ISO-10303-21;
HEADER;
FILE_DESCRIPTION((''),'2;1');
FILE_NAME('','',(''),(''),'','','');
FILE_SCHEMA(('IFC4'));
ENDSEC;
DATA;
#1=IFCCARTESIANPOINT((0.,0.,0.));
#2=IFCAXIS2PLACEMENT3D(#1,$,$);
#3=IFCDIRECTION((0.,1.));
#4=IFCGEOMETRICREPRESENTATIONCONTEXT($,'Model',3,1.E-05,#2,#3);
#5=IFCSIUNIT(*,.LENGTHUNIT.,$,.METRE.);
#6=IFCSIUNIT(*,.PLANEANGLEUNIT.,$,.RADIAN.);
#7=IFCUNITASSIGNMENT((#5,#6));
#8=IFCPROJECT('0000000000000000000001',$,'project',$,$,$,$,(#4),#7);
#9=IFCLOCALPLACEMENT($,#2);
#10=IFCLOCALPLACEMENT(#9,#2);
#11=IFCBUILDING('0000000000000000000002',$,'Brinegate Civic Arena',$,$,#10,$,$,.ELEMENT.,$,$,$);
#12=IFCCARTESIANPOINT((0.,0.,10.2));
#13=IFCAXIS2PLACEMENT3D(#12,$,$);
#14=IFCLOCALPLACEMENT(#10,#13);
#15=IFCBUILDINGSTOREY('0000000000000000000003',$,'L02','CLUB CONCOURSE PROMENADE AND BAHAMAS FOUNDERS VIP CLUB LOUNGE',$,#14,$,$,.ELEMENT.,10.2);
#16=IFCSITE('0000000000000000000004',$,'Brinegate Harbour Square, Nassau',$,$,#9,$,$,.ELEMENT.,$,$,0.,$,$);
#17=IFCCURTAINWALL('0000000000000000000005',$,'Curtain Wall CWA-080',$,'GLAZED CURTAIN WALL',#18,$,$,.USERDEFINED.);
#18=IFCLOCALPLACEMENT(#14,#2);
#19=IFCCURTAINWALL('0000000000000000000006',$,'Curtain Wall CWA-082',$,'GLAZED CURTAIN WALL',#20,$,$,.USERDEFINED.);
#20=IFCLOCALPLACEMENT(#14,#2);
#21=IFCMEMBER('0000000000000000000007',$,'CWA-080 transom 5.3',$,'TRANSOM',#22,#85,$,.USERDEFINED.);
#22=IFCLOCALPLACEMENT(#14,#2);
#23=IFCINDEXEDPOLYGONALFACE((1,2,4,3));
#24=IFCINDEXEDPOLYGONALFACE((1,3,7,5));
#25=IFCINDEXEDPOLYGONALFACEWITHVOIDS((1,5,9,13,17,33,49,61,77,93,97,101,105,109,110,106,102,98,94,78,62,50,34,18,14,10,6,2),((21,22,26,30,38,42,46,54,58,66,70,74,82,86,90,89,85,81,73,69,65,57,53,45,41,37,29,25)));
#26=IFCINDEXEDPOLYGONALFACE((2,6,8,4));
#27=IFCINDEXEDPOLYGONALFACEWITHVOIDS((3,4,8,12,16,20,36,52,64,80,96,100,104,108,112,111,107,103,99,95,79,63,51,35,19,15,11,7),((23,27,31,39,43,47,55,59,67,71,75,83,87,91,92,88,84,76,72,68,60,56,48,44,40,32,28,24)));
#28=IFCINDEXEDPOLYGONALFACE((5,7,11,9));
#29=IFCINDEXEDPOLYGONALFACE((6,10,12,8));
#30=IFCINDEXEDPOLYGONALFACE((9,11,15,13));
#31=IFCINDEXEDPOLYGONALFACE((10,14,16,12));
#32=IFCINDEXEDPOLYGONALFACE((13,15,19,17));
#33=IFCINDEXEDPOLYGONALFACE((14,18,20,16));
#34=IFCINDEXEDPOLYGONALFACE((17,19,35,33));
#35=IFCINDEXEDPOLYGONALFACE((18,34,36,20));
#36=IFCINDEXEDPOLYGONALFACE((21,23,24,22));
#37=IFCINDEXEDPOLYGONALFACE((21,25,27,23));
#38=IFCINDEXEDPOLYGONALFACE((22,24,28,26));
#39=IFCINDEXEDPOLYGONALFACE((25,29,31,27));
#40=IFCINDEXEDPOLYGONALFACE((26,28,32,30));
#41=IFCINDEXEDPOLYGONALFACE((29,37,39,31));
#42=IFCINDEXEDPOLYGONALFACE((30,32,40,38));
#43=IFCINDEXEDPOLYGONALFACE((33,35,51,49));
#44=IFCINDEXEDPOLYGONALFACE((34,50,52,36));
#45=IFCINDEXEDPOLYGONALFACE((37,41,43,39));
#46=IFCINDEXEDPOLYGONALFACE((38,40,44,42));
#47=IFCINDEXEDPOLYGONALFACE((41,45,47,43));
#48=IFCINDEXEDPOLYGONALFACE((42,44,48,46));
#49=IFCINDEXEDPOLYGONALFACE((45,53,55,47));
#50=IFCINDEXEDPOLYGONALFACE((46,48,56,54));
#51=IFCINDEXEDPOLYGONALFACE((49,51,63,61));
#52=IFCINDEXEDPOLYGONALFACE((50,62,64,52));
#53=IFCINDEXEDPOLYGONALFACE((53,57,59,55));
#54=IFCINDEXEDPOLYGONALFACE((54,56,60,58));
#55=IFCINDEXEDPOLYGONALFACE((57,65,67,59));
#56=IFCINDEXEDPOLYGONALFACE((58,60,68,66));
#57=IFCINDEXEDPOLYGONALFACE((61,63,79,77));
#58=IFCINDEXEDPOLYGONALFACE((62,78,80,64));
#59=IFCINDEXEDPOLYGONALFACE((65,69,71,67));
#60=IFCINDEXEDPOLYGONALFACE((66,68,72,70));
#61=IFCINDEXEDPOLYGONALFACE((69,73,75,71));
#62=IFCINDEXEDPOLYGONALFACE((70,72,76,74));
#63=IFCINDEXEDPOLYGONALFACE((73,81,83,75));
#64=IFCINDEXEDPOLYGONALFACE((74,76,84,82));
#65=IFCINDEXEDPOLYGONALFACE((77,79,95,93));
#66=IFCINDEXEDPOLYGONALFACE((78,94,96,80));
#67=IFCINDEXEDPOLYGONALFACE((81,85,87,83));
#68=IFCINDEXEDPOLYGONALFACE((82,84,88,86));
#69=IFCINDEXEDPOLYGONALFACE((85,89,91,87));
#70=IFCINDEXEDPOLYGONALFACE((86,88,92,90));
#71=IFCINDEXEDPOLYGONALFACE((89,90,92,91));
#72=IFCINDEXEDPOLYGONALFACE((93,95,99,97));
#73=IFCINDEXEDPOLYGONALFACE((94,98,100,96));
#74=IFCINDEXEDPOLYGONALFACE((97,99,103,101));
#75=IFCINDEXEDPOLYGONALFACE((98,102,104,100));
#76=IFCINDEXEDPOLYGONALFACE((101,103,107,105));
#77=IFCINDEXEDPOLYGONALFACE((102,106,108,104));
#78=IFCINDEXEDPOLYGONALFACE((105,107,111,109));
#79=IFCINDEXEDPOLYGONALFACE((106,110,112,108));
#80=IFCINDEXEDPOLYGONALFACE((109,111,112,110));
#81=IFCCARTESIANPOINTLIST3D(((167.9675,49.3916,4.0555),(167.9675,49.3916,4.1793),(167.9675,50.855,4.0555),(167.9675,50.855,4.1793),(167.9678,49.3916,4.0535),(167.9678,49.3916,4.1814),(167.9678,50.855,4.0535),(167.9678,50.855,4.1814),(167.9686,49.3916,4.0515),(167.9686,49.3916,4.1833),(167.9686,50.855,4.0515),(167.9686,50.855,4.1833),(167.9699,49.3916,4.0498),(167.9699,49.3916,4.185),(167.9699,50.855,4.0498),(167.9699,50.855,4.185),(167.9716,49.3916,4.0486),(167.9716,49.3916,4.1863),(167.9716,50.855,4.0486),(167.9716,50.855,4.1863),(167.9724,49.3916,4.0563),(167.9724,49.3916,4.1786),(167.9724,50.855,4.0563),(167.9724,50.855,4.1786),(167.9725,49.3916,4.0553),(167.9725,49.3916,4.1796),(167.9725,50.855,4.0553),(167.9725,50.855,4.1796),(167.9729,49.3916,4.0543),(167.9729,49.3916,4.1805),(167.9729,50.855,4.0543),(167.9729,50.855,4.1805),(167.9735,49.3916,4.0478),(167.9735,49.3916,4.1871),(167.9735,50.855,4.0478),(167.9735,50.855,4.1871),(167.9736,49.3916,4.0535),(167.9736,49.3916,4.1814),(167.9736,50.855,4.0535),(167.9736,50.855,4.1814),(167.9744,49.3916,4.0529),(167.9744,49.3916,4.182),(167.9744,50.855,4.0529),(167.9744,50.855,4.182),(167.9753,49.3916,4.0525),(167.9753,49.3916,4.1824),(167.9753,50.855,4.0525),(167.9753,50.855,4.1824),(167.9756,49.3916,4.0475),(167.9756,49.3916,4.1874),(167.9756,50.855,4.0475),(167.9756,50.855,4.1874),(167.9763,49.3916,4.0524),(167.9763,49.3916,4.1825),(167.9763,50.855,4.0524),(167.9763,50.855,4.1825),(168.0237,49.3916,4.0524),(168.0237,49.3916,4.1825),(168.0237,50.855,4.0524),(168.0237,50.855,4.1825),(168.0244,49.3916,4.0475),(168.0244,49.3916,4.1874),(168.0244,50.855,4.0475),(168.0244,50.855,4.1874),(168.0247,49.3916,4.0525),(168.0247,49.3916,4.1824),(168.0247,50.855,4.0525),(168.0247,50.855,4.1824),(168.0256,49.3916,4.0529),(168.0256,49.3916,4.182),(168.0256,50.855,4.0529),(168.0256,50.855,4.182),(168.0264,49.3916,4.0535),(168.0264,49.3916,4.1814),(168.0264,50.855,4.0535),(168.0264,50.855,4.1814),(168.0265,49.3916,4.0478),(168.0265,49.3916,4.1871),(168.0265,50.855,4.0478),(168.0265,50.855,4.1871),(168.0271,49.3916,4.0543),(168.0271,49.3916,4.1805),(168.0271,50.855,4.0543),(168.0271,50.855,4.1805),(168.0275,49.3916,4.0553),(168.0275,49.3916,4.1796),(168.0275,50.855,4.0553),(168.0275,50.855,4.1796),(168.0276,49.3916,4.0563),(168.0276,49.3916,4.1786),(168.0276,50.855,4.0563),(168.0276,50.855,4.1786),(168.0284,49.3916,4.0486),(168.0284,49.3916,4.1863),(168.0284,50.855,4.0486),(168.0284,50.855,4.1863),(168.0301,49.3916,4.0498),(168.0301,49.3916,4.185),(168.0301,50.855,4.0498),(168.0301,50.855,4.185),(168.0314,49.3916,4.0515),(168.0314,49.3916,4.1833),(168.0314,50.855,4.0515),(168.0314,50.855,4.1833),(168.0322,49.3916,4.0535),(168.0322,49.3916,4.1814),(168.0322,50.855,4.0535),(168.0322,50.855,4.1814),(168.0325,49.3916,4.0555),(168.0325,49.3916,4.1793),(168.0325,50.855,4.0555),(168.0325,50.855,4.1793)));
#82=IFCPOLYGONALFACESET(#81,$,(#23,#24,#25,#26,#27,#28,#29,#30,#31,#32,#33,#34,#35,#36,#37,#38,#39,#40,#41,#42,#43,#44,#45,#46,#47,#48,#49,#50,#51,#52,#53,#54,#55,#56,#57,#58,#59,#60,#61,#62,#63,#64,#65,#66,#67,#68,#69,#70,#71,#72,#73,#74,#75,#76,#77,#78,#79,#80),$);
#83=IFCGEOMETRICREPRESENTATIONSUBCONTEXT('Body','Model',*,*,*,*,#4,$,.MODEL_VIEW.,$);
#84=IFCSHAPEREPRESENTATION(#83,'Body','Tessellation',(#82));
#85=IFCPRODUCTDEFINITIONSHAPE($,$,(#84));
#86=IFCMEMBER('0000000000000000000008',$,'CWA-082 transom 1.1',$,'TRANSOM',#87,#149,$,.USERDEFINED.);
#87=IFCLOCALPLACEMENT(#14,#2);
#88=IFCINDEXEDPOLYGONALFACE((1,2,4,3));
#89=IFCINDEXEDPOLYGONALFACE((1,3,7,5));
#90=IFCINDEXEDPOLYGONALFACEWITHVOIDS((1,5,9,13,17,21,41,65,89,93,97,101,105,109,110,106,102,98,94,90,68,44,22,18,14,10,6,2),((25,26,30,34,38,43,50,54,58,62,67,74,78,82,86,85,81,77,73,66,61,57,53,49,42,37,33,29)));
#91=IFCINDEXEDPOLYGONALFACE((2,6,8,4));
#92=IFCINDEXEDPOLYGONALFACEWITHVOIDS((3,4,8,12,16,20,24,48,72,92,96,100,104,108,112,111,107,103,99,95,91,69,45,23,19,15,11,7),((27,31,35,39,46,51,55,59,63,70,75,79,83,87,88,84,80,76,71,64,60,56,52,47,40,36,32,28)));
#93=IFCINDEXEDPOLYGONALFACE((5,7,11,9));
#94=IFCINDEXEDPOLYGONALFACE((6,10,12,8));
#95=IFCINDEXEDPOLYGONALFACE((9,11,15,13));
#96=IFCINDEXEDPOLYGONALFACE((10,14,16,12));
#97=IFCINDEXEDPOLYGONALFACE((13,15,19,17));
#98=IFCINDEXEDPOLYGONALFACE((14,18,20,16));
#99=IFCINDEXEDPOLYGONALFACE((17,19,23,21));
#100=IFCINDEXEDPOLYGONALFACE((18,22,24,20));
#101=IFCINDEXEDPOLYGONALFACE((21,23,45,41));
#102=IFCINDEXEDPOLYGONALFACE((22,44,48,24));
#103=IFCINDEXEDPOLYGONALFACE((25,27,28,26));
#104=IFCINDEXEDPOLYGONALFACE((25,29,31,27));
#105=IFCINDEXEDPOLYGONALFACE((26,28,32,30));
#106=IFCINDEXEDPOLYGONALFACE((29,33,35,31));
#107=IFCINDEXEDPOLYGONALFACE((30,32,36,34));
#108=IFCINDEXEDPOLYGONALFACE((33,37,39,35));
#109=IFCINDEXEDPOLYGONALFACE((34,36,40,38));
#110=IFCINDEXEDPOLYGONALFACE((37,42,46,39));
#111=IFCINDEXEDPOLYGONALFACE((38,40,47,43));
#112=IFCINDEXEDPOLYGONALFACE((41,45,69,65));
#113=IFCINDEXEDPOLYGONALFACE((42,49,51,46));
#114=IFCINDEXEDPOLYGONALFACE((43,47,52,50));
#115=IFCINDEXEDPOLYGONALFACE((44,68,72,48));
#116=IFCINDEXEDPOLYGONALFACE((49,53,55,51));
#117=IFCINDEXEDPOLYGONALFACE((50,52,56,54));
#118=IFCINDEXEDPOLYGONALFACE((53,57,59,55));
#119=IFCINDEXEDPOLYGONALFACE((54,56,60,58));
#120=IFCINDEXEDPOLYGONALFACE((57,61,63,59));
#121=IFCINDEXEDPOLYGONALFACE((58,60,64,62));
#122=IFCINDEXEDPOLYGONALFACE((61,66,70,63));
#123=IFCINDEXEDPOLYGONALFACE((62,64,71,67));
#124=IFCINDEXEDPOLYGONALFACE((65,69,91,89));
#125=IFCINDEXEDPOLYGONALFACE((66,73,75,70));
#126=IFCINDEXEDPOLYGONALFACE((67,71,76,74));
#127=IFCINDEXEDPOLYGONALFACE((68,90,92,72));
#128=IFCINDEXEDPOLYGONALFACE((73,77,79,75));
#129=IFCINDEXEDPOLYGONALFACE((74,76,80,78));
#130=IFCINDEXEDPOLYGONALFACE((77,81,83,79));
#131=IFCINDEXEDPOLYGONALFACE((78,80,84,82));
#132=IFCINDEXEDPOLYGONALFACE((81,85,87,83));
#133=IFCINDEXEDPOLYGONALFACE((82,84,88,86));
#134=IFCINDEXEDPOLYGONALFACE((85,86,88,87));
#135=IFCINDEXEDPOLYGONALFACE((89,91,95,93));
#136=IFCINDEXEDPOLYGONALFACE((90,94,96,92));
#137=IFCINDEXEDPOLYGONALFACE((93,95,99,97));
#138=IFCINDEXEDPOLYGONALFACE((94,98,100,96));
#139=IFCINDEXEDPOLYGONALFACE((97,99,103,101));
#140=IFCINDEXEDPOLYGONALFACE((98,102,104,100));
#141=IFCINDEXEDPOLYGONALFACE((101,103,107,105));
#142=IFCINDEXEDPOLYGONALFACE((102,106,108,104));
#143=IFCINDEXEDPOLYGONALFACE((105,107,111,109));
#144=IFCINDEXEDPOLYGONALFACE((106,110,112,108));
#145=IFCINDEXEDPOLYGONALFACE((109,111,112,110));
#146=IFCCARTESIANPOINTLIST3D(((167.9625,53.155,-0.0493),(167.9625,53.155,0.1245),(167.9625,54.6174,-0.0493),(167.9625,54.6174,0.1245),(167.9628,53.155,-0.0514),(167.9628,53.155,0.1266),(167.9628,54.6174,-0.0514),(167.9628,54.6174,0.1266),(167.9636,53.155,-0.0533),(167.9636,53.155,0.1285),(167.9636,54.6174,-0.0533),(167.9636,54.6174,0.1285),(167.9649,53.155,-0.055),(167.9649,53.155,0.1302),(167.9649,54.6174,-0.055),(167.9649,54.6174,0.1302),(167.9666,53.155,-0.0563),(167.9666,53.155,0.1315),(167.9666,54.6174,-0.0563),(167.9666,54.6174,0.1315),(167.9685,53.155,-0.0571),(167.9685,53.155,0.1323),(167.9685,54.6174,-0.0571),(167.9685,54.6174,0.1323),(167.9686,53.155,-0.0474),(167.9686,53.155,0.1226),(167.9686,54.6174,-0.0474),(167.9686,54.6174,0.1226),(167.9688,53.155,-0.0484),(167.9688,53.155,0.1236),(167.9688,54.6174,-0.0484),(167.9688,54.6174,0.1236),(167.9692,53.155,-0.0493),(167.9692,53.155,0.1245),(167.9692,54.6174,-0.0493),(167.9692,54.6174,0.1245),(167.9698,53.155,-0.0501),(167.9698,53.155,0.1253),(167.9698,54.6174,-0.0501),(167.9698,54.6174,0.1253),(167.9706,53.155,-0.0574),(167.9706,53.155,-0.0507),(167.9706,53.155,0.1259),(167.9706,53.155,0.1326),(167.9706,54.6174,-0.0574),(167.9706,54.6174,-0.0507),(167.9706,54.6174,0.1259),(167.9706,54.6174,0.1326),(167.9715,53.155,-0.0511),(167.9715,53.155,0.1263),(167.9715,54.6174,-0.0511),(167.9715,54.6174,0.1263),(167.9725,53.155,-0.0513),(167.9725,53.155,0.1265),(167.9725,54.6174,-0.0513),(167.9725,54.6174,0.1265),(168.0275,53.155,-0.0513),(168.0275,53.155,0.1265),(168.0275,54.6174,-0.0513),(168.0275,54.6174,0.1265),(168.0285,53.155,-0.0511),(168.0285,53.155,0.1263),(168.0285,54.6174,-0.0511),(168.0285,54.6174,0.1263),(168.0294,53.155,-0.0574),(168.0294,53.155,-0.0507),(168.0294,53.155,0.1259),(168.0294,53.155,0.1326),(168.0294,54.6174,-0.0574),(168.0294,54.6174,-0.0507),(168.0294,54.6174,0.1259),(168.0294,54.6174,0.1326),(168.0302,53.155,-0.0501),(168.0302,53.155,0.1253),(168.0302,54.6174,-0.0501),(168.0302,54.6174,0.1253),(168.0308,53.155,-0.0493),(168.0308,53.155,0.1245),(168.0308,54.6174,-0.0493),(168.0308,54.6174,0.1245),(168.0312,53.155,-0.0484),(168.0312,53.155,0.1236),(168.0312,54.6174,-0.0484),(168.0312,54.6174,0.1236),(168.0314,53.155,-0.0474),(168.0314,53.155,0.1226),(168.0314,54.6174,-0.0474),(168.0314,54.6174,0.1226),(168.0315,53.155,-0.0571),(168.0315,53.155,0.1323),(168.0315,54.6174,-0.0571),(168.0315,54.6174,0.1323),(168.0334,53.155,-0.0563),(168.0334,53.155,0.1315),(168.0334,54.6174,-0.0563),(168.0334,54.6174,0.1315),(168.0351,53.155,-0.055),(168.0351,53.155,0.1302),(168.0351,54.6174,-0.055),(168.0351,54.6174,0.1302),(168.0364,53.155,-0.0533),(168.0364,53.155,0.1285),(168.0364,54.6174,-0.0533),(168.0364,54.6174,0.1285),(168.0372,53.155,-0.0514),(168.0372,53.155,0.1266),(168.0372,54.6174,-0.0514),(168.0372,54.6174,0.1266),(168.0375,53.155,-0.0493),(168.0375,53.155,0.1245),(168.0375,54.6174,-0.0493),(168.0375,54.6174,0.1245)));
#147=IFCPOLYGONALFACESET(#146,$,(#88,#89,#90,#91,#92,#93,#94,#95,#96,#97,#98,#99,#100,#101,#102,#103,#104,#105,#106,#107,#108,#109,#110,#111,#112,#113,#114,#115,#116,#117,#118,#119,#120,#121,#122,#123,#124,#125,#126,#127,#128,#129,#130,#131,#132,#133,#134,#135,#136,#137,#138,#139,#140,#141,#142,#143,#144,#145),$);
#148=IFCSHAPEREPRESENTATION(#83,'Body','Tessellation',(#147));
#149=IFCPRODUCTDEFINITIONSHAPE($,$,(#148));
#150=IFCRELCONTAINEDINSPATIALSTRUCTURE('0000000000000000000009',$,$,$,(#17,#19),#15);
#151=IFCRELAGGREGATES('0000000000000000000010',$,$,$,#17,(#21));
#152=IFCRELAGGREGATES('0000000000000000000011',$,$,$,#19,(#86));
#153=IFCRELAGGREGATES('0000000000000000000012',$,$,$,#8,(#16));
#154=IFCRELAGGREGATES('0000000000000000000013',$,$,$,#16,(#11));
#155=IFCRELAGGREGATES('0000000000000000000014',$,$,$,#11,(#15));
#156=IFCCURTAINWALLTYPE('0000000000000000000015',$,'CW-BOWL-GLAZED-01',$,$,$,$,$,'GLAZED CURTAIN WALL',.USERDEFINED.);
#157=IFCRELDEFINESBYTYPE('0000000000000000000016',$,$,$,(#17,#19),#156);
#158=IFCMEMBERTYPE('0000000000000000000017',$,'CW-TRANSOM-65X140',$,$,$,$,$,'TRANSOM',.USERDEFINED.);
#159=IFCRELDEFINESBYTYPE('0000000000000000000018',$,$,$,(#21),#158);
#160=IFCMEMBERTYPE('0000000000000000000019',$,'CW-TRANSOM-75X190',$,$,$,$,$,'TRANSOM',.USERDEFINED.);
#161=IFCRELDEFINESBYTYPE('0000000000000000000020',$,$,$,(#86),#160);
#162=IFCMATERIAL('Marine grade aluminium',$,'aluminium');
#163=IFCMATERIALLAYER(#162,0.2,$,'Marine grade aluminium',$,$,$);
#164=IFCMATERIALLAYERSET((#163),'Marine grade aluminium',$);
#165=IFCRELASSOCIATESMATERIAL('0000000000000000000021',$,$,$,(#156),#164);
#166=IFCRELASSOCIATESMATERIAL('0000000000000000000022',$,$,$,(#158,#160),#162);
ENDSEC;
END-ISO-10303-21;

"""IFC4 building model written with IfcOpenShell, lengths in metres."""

from ifc_helpers import new_model, si_unit, direction, frame, origin, origin_2d, place, context, subcontext, project, spatial, hollow_rectangle, extrude, material, layer, layer_set, material_profile, profile_set, type_object, element, aggregate, save


model = new_model("IFC4")

# Units and contexts
model_context = context("Model", 3, precision=1e-05, world=origin(), true_north=direction((0.0, 1.0)))
body_context = subcontext(model_context, "Body", "Model", "MODEL_VIEW")
ifc_project = project(units=[si_unit("LENGTHUNIT", "METRE"), si_unit("PLANEANGLEUNIT", "RADIAN")], contexts=[model_context])

# Site, building, storey
site_placement = place(None, origin())
site = spatial("IfcSite", under=ifc_project, at=site_placement, Name="Brinegate Harbour Square, Nassau", CompositionType="ELEMENT", RefElevation=0.0)
building_placement = place(site_placement, origin())
building = spatial("IfcBuilding", under=site, at=building_placement, Name="Brinegate Civic Arena", CompositionType="ELEMENT")
storey_placement = place(building_placement, frame((0.0, 0.0, 10.2)))
storey = spatial("IfcBuildingStorey", under=building, at=storey_placement, Name="L02", Description="CLUB CONCOURSE PROMENADE AND BAHAMAS FOUNDERS VIP CLUB LOUNGE", CompositionType="ELEMENT", Elevation=10.2)

# Curtain wall
ifc_material_1 = material(Name="Marine grade aluminium", Category="aluminium")
ifc_layer_1 = layer(ifc_material_1, 0.2, Name="Marine grade aluminium")
ifc_layer_set_1 = layer_set([ifc_layer_1], Name="Marine grade aluminium")
curtain_wall_type = type_object("IfcCurtainWallType", Name="CW-BOWL-GLAZED-01", ElementType="GLAZED CURTAIN WALL", PredefinedType="USERDEFINED", material=ifc_layer_set_1)
curtain_wall_1_placement = place(storey_placement, origin())
curtain_wall_1 = element("IfcCurtainWall", 1, at=curtain_wall_1_placement, inside=storey, type_object=curtain_wall_type, Name="Curtain Wall CWA-080", ObjectType="GLAZED CURTAIN WALL", PredefinedType="USERDEFINED")

# Curtain wall
curtain_wall_2_placement = place(storey_placement, origin())
curtain_wall_2 = element("IfcCurtainWall", 2, at=curtain_wall_2_placement, inside=storey, type_object=curtain_wall_type, Name="Curtain Wall CWA-082", ObjectType="GLAZED CURTAIN WALL", PredefinedType="USERDEFINED")

# Members
ifc_material_profile_1 = material_profile(ifc_material_1, hollow_rectangle(XDim=0.0649, YDim=0.1399, WallThickness=0.0049, InnerFilletRadius=0.0039, OuterFilletRadius=0.0081, at=origin_2d()), Name="TRN65X140")
ifc_profile_set_1 = profile_set([ifc_material_profile_1], Name="Marine grade aluminium")
member_type_1 = type_object("IfcMemberType", Name="CW-TRANSOM-65X140", ElementType="TRANSOM", PredefinedType="USERDEFINED", material=ifc_profile_set_1)
member_1_placement = place(storey_placement, frame((168.0, 49.3916, 4.1174), z_axis=(0.0, 1.0, 0.0), x_axis=(-1.0, 0.0, 0.0)))
member_1 = element("IfcMember", 3, at=member_1_placement, type_object=member_type_1, Name="CWA-080 transom 5.3", ObjectType="TRANSOM", PredefinedType="USERDEFINED", context=body_context, shape_type="SweptSolid", body=[
    extrude(hollow_rectangle(XDim=0.0649, YDim=0.1399, WallThickness=0.0049, InnerFilletRadius=0.0039, OuterFilletRadius=0.0081, at=origin_2d()), origin(), (0.0, 0.0, 1.0), 1.4634),
])
ifc_material_profile_2 = material_profile(ifc_material_1, hollow_rectangle(XDim=0.075, YDim=0.1899, WallThickness=0.0061, InnerFilletRadius=0.0039, OuterFilletRadius=0.0081, at=origin_2d()), Name="TRN75X190")
ifc_profile_set_2 = profile_set([ifc_material_profile_2], Name="Marine grade aluminium")
member_type_2 = type_object("IfcMemberType", Name="CW-TRANSOM-75X190", ElementType="TRANSOM", PredefinedType="USERDEFINED", material=ifc_profile_set_2)
member_2_placement = place(storey_placement, frame((168.0, 53.155, 0.0376), z_axis=(0.0, 1.0, 0.0), x_axis=(-1.0, 0.0, 0.0)))
member_2 = element("IfcMember", 4, at=member_2_placement, type_object=member_type_2, Name="CWA-082 transom 1.1", ObjectType="TRANSOM", PredefinedType="USERDEFINED", context=body_context, shape_type="SweptSolid", body=[
    extrude(hollow_rectangle(XDim=0.075, YDim=0.1899, WallThickness=0.0061, InnerFilletRadius=0.0039, OuterFilletRadius=0.0081, at=origin_2d()), origin(), (0.0, 0.0, 1.0), 1.4624),
])

aggregate(curtain_wall_1, [member_1])
aggregate(curtain_wall_2, [member_2])

save(model, "model.ifc")
